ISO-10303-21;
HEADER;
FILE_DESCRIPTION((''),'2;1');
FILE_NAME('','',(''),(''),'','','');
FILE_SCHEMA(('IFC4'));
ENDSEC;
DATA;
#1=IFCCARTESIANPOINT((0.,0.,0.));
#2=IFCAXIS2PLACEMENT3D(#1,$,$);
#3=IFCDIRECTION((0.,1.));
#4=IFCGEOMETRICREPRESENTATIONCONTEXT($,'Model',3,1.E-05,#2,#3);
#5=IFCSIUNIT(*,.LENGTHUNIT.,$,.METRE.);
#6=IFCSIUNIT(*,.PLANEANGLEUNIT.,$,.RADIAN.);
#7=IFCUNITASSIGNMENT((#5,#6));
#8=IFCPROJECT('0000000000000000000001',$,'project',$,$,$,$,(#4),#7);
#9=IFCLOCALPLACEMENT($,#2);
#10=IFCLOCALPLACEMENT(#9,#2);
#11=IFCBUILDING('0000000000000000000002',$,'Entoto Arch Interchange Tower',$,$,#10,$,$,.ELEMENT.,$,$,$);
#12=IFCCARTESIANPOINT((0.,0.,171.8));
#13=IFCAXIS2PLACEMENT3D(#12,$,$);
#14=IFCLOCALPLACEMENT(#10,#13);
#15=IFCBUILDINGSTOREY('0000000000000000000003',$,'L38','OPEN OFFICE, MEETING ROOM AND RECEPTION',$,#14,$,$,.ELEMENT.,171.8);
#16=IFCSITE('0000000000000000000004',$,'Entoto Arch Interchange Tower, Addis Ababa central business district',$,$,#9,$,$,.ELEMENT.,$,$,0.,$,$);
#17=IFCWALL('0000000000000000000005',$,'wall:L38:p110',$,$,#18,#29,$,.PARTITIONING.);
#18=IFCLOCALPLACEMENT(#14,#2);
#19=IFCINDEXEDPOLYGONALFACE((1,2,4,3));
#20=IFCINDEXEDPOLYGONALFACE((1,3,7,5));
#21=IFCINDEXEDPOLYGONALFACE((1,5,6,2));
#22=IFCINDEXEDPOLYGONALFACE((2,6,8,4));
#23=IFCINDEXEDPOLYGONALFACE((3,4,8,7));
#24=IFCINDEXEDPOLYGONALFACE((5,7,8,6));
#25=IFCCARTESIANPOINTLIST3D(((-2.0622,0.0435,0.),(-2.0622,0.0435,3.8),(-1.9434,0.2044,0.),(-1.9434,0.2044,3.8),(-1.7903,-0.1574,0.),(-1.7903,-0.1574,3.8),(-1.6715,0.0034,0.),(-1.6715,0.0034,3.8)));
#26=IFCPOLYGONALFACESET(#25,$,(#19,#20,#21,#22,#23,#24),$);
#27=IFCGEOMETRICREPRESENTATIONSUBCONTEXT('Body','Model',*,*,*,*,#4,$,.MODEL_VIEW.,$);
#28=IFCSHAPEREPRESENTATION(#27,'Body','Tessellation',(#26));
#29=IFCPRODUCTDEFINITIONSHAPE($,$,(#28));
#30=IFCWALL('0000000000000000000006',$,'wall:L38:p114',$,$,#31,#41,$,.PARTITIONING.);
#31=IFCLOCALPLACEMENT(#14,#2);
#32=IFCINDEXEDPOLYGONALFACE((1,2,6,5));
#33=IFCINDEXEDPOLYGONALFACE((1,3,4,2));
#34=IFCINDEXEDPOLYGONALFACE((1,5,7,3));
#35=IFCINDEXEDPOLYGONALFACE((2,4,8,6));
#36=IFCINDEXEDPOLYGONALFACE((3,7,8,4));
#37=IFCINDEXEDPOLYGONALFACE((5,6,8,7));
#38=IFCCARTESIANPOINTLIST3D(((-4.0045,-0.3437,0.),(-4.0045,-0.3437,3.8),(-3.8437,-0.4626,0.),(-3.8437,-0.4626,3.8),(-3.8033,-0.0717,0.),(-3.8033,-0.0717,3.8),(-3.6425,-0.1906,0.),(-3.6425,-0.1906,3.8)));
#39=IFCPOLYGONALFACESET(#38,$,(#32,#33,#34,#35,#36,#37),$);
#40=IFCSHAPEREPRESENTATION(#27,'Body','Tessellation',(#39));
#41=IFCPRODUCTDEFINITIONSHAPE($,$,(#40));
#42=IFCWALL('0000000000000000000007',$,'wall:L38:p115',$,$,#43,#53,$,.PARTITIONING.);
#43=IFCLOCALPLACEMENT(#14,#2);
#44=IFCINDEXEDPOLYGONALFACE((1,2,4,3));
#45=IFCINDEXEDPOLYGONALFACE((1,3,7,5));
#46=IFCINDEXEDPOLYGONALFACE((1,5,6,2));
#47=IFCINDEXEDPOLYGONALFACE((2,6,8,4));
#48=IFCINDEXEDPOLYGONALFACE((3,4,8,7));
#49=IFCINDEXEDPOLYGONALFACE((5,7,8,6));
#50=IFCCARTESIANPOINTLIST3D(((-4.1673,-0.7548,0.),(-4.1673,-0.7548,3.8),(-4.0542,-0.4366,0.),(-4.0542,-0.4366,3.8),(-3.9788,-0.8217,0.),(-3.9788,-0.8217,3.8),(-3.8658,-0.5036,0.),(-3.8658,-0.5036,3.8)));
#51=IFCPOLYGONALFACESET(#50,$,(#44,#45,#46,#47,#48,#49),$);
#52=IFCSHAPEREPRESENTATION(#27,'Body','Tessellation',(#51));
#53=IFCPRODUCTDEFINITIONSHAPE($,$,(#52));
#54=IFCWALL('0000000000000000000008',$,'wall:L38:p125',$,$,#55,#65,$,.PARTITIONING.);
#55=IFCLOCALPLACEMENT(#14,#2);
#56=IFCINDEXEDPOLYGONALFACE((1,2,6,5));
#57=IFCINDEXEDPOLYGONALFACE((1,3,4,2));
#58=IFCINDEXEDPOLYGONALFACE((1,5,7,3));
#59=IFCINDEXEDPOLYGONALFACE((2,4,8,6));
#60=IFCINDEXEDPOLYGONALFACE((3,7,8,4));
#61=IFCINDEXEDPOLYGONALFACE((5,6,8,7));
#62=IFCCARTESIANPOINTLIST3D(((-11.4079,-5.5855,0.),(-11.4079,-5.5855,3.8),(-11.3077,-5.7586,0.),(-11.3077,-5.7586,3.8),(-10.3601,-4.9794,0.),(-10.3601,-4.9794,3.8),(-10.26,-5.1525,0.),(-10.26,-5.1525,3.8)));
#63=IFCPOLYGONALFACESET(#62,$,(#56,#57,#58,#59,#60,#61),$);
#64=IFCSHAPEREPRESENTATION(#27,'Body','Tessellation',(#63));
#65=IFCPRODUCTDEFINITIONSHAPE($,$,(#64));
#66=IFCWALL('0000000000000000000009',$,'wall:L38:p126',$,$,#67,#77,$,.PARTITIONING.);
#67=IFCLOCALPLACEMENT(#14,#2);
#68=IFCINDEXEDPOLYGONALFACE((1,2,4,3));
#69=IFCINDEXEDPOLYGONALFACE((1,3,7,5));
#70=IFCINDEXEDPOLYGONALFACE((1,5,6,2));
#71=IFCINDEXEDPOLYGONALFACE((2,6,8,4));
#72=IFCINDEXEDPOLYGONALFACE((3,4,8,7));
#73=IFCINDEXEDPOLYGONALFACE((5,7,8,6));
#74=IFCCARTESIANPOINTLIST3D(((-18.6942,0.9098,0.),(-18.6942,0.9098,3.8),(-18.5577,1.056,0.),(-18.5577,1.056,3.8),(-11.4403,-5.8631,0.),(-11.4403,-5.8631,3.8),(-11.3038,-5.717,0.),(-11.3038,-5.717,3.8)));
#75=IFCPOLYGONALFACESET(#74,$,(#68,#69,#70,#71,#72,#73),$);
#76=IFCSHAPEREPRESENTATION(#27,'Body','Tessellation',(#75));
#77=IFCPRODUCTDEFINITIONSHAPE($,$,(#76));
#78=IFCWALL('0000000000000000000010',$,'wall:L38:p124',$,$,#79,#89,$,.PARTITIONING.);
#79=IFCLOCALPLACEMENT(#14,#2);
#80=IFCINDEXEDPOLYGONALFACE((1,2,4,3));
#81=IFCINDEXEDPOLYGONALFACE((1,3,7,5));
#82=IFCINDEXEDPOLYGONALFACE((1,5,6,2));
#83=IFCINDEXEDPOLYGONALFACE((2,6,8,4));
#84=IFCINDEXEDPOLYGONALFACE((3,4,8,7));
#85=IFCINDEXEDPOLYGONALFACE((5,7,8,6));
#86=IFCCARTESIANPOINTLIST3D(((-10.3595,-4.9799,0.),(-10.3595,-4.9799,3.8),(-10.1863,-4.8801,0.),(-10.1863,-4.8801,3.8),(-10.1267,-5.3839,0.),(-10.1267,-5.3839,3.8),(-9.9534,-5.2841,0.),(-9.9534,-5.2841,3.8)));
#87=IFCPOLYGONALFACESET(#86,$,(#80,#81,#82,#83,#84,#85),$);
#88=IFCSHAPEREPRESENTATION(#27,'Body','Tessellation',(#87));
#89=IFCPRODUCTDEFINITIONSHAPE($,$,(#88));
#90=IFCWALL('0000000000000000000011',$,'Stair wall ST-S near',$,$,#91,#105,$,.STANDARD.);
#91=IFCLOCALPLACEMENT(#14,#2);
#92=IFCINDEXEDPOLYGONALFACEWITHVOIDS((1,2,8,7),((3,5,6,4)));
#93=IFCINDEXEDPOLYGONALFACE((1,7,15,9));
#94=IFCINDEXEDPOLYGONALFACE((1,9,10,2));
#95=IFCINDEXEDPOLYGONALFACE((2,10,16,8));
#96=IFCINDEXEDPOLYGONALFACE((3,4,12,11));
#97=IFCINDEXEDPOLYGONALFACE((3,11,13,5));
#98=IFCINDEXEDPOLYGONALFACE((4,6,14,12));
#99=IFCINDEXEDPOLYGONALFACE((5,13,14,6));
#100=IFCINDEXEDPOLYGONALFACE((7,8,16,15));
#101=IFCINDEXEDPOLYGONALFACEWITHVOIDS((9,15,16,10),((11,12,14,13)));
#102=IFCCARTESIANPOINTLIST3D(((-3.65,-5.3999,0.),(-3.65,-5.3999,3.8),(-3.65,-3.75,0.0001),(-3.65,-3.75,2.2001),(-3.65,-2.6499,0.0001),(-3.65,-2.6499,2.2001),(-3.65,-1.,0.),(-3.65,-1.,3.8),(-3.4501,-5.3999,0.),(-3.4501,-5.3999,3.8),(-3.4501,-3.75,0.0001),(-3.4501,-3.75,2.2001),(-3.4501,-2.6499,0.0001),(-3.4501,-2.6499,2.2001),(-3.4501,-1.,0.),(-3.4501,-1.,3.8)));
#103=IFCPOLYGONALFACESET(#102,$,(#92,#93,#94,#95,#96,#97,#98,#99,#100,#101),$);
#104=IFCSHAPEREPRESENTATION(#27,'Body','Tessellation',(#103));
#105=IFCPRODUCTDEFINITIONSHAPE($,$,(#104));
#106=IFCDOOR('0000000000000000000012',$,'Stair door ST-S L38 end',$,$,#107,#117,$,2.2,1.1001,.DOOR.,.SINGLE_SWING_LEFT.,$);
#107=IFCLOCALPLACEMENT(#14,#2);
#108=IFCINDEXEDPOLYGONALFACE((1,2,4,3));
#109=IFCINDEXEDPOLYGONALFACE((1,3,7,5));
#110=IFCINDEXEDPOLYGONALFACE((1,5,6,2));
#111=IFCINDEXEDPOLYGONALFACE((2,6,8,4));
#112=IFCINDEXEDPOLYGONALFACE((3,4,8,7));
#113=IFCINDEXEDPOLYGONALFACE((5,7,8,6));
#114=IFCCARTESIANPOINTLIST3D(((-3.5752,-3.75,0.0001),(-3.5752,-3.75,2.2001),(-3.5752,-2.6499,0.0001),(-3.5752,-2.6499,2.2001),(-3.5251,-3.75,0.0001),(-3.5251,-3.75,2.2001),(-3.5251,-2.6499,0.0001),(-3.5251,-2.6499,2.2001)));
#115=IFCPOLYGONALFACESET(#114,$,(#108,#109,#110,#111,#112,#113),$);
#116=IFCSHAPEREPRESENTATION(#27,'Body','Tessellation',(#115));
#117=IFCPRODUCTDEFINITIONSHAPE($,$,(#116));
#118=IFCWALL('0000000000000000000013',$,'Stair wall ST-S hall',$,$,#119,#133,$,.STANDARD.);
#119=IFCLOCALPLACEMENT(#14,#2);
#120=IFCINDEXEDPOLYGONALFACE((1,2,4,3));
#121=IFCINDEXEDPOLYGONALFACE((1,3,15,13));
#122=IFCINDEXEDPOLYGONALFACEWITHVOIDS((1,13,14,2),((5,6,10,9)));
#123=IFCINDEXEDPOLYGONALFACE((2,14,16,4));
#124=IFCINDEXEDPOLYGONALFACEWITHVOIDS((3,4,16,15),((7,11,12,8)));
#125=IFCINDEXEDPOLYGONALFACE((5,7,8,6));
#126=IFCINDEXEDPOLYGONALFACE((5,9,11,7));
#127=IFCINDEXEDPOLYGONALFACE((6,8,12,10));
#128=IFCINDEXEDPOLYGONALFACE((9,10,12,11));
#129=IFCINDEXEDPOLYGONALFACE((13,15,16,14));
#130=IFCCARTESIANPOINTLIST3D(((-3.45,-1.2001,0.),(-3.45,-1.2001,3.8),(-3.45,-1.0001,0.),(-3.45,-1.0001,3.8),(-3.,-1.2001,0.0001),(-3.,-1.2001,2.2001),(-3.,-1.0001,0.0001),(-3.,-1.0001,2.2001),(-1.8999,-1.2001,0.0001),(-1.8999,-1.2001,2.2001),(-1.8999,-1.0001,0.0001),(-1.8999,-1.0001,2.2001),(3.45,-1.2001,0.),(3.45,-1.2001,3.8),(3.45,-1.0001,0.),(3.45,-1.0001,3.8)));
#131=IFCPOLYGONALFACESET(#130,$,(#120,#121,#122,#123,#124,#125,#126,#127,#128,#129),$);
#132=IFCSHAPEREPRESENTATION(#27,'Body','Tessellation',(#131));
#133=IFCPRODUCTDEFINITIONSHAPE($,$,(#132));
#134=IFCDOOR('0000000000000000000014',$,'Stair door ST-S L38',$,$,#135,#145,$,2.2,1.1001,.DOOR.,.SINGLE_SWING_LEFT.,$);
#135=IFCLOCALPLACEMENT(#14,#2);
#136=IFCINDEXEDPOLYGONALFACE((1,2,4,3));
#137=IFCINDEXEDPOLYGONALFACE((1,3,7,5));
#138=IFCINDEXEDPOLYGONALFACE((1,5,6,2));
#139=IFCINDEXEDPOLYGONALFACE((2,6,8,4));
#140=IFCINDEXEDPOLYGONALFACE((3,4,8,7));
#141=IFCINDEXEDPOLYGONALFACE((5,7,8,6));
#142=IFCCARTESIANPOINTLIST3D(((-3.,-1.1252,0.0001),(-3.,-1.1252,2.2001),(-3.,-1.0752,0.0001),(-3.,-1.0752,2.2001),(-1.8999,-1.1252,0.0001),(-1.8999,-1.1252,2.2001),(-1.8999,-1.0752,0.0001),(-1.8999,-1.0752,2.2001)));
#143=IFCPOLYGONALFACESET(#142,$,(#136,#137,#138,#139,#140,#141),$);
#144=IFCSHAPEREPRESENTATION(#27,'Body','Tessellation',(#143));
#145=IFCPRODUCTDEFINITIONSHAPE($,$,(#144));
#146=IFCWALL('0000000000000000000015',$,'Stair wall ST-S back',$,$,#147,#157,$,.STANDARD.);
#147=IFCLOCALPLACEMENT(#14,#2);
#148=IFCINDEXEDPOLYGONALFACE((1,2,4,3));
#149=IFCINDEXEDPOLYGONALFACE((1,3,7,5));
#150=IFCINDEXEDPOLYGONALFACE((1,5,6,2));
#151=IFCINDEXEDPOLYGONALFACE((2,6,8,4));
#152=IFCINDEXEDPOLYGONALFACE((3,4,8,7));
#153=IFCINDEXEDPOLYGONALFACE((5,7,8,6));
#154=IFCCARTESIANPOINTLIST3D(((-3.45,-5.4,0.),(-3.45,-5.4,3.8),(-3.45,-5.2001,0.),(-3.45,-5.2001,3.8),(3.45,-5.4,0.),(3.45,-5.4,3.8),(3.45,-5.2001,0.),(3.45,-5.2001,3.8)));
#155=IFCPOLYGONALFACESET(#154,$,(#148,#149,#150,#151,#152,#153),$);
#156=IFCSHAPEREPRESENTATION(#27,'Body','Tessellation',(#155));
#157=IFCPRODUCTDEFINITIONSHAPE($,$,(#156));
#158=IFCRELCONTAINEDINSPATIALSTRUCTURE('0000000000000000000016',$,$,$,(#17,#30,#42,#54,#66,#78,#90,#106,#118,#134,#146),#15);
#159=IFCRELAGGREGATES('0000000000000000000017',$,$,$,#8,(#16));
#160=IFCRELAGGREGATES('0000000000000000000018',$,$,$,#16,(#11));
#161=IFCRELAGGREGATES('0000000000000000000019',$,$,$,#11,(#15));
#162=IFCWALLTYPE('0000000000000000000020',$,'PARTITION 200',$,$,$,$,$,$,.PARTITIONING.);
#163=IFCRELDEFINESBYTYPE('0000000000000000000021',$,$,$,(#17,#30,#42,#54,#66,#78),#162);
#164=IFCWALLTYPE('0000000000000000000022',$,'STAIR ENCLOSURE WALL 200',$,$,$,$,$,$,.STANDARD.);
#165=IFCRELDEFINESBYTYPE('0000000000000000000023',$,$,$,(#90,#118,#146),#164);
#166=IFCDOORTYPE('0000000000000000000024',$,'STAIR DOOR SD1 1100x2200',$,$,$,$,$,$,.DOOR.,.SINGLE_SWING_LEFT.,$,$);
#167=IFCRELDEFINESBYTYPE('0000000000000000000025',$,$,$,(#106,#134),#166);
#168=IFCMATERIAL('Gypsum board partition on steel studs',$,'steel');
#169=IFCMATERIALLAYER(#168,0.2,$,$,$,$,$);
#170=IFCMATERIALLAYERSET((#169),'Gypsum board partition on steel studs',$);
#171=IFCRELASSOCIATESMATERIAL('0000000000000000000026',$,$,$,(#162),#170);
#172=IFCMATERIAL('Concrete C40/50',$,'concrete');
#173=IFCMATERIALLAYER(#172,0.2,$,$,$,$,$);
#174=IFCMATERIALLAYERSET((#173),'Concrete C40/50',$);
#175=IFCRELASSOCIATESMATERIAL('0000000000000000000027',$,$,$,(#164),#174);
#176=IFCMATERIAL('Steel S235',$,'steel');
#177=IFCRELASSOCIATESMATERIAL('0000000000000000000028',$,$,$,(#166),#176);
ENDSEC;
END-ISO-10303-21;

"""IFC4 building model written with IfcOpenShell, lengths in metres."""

from ifc_helpers import new_model, si_unit, direction, frame, frame_2d, origin, place, context, subcontext, project, spatial, rectangle, extrude, material, layer, layer_set, type_object, element, fill, save


model = new_model("IFC4")

# Units and contexts
model_context = context("Model", 3, precision=1e-05, world=origin(), true_north=direction((0.0, 1.0)))
body_context = subcontext(model_context, "Body", "Model", "MODEL_VIEW")
ifc_project = project(units=[si_unit("LENGTHUNIT", "METRE"), si_unit("PLANEANGLEUNIT", "RADIAN")], contexts=[model_context])

# Site, building, storey
site_placement = place(None, origin())
site = spatial("IfcSite", under=ifc_project, at=site_placement, Name="Entoto Arch Interchange Tower, Addis Ababa central business district", CompositionType="ELEMENT", RefElevation=0.0)
building_placement = place(site_placement, origin())
building = spatial("IfcBuilding", under=site, at=building_placement, Name="Entoto Arch Interchange Tower", CompositionType="ELEMENT")
storey_placement = place(building_placement, frame((0.0, 0.0, 171.8)))
storey = spatial("IfcBuildingStorey", under=building, at=storey_placement, Name="L38", Description="OPEN OFFICE, MEETING ROOM AND RECEPTION", CompositionType="ELEMENT", Elevation=171.8)

# Shared definitions
ifc_material_1 = material(Name="Concrete C40/50", Category="concrete")
ifc_material_2 = material(Name="Gypsum board partition on steel studs", Category="steel")
ifc_layer_1 = layer(ifc_material_2, 0.2)
ifc_layer_set_1 = layer_set([ifc_layer_1], Name="Gypsum board partition on steel studs")
wall_type_1 = type_object("IfcWallType", Name="PARTITION 200", PredefinedType="PARTITIONING", material=ifc_layer_set_1)

# Walls
wall_1_placement = place(storey_placement, frame((-1.731, -0.0769, 0.0), z_axis=(0.0, 0.0, 1.0), x_axis=(-0.804311, 0.594208, 0.0)))
element("IfcWall", 1, at=wall_1_placement, inside=storey, type_object=wall_type_1, Name="wall:L38:p110", PredefinedType="PARTITIONING", context=body_context, shape_type="SweptSolid", body=[
    extrude(rectangle(XDim=0.3381, YDim=0.2, at=frame_2d((0.1689, 0.0))), origin(), (0.0, 0.0, 1.0), 3.8),
])
wall_2_placement = place(storey_placement, frame((-3.7229, -0.1311, 0.0), z_axis=(0.0, 0.0, 1.0), x_axis=(-0.594675, -0.803966, 0.0)))
element("IfcWall", 2, at=wall_2_placement, inside=storey, type_object=wall_type_1, Name="wall:L38:p114", PredefinedType="PARTITIONING", context=body_context, shape_type="SweptSolid", body=[
    extrude(rectangle(XDim=0.3384, YDim=0.2, at=frame_2d((0.1692, 0.0))), origin(), (0.0, 0.0, 1.0), 3.8),
])
wall_3_placement = place(storey_placement, frame((-3.96, -0.47, 0.0), z_axis=(0.0, 0.0, 1.0), x_axis=(-0.334824, -0.942281, 0.0)))
element("IfcWall", 3, at=wall_3_placement, inside=storey, type_object=wall_type_1, Name="wall:L38:p115", PredefinedType="PARTITIONING", context=body_context, shape_type="SweptSolid", body=[
    extrude(rectangle(XDim=0.3376, YDim=0.2, at=frame_2d((0.1689, 0.0))), origin(), (0.0, 0.0, 1.0), 3.8),
])
wall_4_placement = place(storey_placement, frame((-10.3101, -5.0659, 0.0), z_axis=(0.0, 0.0, 1.0), x_axis=(-0.865587, -0.500758, 0.0)))
element("IfcWall", 4, at=wall_4_placement, inside=storey, type_object=wall_type_1, Name="wall:L38:p125", PredefinedType="PARTITIONING", context=body_context, shape_type="SweptSolid", body=[
    extrude(rectangle(XDim=1.2104, YDim=0.2, at=frame_2d((0.6052, 0.0))), origin(), (0.0, 0.0, 1.0), 3.8),
])
wall_5_placement = place(storey_placement, frame((-11.3721, -5.79, 0.0), z_axis=(0.0, 0.0, 1.0), x_axis=(-0.730923, 0.68246, 0.0)))
element("IfcWall", 5, at=wall_5_placement, inside=storey, type_object=wall_type_1, Name="wall:L38:p126", PredefinedType="PARTITIONING", context=body_context, shape_type="SweptSolid", body=[
    extrude(rectangle(XDim=9.9243, YDim=0.2, at=frame_2d((4.9622, 0.0))), origin(), (0.0, 0.0, 1.0), 3.8),
])
wall_6_placement = place(storey_placement, frame((-10.04, -5.334, 0.0), z_axis=(0.0, 0.0, 1.0), x_axis=(-0.499405, 0.866369, 0.0)))
element("IfcWall", 6, at=wall_6_placement, inside=storey, type_object=wall_type_1, Name="wall:L38:p124", PredefinedType="PARTITIONING", context=body_context, shape_type="SweptSolid", body=[
    extrude(rectangle(XDim=0.4663, YDim=0.2, at=frame_2d((0.2332, 0.0))), origin(), (0.0, 0.0, 1.0), 3.8),
])

# Walls, openings, doors
ifc_layer_2 = layer(ifc_material_1, 0.2)
ifc_layer_set_2 = layer_set([ifc_layer_2], Name="Concrete C40/50")
wall_type_2 = type_object("IfcWallType", Name="STAIR ENCLOSURE WALL 200", PredefinedType="STANDARD", material=ifc_layer_set_2)
wall_7_placement = place(storey_placement, frame((-3.55, -1.0, 0.0), z_axis=(0.0, 0.0, 1.0), x_axis=(0.0, -1.0, 0.0)))
wall_7 = element("IfcWall", 7, at=wall_7_placement, inside=storey, type_object=wall_type_2, Name="Stair wall ST-S near", PredefinedType="STANDARD", context=body_context, shape_type="SweptSolid", body=[
    extrude(rectangle(XDim=4.3999, YDim=0.2, at=frame_2d((2.2, 0.0))), origin(), (0.0, 0.0, 1.0), 3.8),
])
opening_1_placement = place(wall_7_placement, frame((1.6499, 0.0, 0.0)))
opening_1 = element("IfcOpeningElement", 8, at=opening_1_placement, cuts=wall_7, PredefinedType="OPENING", context=body_context, shape_type="SweptSolid", body=[
    extrude(rectangle(XDim=1.1001, YDim=2.2, at=frame_2d((0.55, 1.1001))), frame((0.0, 0.1099, 0.0), z_axis=(0.0, -1.0, 0.0), x_axis=(1.0, 0.0, 0.0)), (0.0, 0.0, 1.0), 0.22),
])
ifc_material_3 = material(Name="Steel S235", Category="steel")
door_type_1 = type_object("IfcDoorType", Name="STAIR DOOR SD1 1100x2200", OperationType="SINGLE_SWING_LEFT", PredefinedType="DOOR", material=ifc_material_3)
door_1_placement = place(opening_1_placement, origin())
door_1 = element("IfcDoor", 9, at=door_1_placement, inside=storey, type_object=door_type_1, Name="Stair door ST-S L38 end", OperationType="SINGLE_SWING_LEFT", OverallHeight=2.2, OverallWidth=1.1001, PredefinedType="DOOR", context=body_context, shape_type="SweptSolid", body=[
    extrude(rectangle(XDim=1.1001, YDim=2.2, at=frame_2d((0.55, 1.1001))), frame((0.0, 0.0249, 0.0), z_axis=(0.0, -1.0, 0.0), x_axis=(1.0, 0.0, 0.0)), (0.0, 0.0, 1.0), 0.05),
])
fill(opening_1, door_1)
wall_8_placement = place(storey_placement, frame((-3.45, -1.1001, 0.0), z_axis=(0.0, 0.0, 1.0), x_axis=(1.0, 0.0, 0.0)))
wall_8 = element("IfcWall", 10, at=wall_8_placement, inside=storey, type_object=wall_type_2, Name="Stair wall ST-S hall", PredefinedType="STANDARD", context=body_context, shape_type="SweptSolid", body=[
    extrude(rectangle(XDim=6.8999, YDim=0.2, at=frame_2d((3.45, 0.0))), origin(), (0.0, 0.0, 1.0), 3.8),
])
opening_2_placement = place(wall_8_placement, frame((0.45, 0.0, 0.0)))
opening_2 = element("IfcOpeningElement", 11, at=opening_2_placement, cuts=wall_8, PredefinedType="OPENING", context=body_context, shape_type="SweptSolid", body=[
    extrude(rectangle(XDim=1.1001, YDim=2.2, at=frame_2d((0.55, 1.1001))), frame((0.0, 0.1099, 0.0), z_axis=(0.0, -1.0, 0.0), x_axis=(1.0, 0.0, 0.0)), (0.0, 0.0, 1.0), 0.22),
])
door_2_placement = place(opening_2_placement, origin())
door_2 = element("IfcDoor", 12, at=door_2_placement, inside=storey, type_object=door_type_1, Name="Stair door ST-S L38", OperationType="SINGLE_SWING_LEFT", OverallHeight=2.2, OverallWidth=1.1001, PredefinedType="DOOR", context=body_context, shape_type="SweptSolid", body=[
    extrude(rectangle(XDim=1.1001, YDim=2.2, at=frame_2d((0.55, 1.1001))), frame((0.0, 0.0249, 0.0), z_axis=(0.0, -1.0, 0.0), x_axis=(1.0, 0.0, 0.0)), (0.0, 0.0, 1.0), 0.05),
])
fill(opening_2, door_2)

# Wall
wall_9_placement = place(storey_placement, frame((-3.45, -5.3, 0.0), z_axis=(0.0, 0.0, 1.0), x_axis=(1.0, 0.0, 0.0)))
element("IfcWall", 13, at=wall_9_placement, inside=storey, type_object=wall_type_2, Name="Stair wall ST-S back", PredefinedType="STANDARD", context=body_context, shape_type="SweptSolid", body=[
    extrude(rectangle(XDim=6.8999, YDim=0.2, at=frame_2d((3.45, 0.0))), origin(), (0.0, 0.0, 1.0), 3.8),
])

save(model, "model.ifc")
